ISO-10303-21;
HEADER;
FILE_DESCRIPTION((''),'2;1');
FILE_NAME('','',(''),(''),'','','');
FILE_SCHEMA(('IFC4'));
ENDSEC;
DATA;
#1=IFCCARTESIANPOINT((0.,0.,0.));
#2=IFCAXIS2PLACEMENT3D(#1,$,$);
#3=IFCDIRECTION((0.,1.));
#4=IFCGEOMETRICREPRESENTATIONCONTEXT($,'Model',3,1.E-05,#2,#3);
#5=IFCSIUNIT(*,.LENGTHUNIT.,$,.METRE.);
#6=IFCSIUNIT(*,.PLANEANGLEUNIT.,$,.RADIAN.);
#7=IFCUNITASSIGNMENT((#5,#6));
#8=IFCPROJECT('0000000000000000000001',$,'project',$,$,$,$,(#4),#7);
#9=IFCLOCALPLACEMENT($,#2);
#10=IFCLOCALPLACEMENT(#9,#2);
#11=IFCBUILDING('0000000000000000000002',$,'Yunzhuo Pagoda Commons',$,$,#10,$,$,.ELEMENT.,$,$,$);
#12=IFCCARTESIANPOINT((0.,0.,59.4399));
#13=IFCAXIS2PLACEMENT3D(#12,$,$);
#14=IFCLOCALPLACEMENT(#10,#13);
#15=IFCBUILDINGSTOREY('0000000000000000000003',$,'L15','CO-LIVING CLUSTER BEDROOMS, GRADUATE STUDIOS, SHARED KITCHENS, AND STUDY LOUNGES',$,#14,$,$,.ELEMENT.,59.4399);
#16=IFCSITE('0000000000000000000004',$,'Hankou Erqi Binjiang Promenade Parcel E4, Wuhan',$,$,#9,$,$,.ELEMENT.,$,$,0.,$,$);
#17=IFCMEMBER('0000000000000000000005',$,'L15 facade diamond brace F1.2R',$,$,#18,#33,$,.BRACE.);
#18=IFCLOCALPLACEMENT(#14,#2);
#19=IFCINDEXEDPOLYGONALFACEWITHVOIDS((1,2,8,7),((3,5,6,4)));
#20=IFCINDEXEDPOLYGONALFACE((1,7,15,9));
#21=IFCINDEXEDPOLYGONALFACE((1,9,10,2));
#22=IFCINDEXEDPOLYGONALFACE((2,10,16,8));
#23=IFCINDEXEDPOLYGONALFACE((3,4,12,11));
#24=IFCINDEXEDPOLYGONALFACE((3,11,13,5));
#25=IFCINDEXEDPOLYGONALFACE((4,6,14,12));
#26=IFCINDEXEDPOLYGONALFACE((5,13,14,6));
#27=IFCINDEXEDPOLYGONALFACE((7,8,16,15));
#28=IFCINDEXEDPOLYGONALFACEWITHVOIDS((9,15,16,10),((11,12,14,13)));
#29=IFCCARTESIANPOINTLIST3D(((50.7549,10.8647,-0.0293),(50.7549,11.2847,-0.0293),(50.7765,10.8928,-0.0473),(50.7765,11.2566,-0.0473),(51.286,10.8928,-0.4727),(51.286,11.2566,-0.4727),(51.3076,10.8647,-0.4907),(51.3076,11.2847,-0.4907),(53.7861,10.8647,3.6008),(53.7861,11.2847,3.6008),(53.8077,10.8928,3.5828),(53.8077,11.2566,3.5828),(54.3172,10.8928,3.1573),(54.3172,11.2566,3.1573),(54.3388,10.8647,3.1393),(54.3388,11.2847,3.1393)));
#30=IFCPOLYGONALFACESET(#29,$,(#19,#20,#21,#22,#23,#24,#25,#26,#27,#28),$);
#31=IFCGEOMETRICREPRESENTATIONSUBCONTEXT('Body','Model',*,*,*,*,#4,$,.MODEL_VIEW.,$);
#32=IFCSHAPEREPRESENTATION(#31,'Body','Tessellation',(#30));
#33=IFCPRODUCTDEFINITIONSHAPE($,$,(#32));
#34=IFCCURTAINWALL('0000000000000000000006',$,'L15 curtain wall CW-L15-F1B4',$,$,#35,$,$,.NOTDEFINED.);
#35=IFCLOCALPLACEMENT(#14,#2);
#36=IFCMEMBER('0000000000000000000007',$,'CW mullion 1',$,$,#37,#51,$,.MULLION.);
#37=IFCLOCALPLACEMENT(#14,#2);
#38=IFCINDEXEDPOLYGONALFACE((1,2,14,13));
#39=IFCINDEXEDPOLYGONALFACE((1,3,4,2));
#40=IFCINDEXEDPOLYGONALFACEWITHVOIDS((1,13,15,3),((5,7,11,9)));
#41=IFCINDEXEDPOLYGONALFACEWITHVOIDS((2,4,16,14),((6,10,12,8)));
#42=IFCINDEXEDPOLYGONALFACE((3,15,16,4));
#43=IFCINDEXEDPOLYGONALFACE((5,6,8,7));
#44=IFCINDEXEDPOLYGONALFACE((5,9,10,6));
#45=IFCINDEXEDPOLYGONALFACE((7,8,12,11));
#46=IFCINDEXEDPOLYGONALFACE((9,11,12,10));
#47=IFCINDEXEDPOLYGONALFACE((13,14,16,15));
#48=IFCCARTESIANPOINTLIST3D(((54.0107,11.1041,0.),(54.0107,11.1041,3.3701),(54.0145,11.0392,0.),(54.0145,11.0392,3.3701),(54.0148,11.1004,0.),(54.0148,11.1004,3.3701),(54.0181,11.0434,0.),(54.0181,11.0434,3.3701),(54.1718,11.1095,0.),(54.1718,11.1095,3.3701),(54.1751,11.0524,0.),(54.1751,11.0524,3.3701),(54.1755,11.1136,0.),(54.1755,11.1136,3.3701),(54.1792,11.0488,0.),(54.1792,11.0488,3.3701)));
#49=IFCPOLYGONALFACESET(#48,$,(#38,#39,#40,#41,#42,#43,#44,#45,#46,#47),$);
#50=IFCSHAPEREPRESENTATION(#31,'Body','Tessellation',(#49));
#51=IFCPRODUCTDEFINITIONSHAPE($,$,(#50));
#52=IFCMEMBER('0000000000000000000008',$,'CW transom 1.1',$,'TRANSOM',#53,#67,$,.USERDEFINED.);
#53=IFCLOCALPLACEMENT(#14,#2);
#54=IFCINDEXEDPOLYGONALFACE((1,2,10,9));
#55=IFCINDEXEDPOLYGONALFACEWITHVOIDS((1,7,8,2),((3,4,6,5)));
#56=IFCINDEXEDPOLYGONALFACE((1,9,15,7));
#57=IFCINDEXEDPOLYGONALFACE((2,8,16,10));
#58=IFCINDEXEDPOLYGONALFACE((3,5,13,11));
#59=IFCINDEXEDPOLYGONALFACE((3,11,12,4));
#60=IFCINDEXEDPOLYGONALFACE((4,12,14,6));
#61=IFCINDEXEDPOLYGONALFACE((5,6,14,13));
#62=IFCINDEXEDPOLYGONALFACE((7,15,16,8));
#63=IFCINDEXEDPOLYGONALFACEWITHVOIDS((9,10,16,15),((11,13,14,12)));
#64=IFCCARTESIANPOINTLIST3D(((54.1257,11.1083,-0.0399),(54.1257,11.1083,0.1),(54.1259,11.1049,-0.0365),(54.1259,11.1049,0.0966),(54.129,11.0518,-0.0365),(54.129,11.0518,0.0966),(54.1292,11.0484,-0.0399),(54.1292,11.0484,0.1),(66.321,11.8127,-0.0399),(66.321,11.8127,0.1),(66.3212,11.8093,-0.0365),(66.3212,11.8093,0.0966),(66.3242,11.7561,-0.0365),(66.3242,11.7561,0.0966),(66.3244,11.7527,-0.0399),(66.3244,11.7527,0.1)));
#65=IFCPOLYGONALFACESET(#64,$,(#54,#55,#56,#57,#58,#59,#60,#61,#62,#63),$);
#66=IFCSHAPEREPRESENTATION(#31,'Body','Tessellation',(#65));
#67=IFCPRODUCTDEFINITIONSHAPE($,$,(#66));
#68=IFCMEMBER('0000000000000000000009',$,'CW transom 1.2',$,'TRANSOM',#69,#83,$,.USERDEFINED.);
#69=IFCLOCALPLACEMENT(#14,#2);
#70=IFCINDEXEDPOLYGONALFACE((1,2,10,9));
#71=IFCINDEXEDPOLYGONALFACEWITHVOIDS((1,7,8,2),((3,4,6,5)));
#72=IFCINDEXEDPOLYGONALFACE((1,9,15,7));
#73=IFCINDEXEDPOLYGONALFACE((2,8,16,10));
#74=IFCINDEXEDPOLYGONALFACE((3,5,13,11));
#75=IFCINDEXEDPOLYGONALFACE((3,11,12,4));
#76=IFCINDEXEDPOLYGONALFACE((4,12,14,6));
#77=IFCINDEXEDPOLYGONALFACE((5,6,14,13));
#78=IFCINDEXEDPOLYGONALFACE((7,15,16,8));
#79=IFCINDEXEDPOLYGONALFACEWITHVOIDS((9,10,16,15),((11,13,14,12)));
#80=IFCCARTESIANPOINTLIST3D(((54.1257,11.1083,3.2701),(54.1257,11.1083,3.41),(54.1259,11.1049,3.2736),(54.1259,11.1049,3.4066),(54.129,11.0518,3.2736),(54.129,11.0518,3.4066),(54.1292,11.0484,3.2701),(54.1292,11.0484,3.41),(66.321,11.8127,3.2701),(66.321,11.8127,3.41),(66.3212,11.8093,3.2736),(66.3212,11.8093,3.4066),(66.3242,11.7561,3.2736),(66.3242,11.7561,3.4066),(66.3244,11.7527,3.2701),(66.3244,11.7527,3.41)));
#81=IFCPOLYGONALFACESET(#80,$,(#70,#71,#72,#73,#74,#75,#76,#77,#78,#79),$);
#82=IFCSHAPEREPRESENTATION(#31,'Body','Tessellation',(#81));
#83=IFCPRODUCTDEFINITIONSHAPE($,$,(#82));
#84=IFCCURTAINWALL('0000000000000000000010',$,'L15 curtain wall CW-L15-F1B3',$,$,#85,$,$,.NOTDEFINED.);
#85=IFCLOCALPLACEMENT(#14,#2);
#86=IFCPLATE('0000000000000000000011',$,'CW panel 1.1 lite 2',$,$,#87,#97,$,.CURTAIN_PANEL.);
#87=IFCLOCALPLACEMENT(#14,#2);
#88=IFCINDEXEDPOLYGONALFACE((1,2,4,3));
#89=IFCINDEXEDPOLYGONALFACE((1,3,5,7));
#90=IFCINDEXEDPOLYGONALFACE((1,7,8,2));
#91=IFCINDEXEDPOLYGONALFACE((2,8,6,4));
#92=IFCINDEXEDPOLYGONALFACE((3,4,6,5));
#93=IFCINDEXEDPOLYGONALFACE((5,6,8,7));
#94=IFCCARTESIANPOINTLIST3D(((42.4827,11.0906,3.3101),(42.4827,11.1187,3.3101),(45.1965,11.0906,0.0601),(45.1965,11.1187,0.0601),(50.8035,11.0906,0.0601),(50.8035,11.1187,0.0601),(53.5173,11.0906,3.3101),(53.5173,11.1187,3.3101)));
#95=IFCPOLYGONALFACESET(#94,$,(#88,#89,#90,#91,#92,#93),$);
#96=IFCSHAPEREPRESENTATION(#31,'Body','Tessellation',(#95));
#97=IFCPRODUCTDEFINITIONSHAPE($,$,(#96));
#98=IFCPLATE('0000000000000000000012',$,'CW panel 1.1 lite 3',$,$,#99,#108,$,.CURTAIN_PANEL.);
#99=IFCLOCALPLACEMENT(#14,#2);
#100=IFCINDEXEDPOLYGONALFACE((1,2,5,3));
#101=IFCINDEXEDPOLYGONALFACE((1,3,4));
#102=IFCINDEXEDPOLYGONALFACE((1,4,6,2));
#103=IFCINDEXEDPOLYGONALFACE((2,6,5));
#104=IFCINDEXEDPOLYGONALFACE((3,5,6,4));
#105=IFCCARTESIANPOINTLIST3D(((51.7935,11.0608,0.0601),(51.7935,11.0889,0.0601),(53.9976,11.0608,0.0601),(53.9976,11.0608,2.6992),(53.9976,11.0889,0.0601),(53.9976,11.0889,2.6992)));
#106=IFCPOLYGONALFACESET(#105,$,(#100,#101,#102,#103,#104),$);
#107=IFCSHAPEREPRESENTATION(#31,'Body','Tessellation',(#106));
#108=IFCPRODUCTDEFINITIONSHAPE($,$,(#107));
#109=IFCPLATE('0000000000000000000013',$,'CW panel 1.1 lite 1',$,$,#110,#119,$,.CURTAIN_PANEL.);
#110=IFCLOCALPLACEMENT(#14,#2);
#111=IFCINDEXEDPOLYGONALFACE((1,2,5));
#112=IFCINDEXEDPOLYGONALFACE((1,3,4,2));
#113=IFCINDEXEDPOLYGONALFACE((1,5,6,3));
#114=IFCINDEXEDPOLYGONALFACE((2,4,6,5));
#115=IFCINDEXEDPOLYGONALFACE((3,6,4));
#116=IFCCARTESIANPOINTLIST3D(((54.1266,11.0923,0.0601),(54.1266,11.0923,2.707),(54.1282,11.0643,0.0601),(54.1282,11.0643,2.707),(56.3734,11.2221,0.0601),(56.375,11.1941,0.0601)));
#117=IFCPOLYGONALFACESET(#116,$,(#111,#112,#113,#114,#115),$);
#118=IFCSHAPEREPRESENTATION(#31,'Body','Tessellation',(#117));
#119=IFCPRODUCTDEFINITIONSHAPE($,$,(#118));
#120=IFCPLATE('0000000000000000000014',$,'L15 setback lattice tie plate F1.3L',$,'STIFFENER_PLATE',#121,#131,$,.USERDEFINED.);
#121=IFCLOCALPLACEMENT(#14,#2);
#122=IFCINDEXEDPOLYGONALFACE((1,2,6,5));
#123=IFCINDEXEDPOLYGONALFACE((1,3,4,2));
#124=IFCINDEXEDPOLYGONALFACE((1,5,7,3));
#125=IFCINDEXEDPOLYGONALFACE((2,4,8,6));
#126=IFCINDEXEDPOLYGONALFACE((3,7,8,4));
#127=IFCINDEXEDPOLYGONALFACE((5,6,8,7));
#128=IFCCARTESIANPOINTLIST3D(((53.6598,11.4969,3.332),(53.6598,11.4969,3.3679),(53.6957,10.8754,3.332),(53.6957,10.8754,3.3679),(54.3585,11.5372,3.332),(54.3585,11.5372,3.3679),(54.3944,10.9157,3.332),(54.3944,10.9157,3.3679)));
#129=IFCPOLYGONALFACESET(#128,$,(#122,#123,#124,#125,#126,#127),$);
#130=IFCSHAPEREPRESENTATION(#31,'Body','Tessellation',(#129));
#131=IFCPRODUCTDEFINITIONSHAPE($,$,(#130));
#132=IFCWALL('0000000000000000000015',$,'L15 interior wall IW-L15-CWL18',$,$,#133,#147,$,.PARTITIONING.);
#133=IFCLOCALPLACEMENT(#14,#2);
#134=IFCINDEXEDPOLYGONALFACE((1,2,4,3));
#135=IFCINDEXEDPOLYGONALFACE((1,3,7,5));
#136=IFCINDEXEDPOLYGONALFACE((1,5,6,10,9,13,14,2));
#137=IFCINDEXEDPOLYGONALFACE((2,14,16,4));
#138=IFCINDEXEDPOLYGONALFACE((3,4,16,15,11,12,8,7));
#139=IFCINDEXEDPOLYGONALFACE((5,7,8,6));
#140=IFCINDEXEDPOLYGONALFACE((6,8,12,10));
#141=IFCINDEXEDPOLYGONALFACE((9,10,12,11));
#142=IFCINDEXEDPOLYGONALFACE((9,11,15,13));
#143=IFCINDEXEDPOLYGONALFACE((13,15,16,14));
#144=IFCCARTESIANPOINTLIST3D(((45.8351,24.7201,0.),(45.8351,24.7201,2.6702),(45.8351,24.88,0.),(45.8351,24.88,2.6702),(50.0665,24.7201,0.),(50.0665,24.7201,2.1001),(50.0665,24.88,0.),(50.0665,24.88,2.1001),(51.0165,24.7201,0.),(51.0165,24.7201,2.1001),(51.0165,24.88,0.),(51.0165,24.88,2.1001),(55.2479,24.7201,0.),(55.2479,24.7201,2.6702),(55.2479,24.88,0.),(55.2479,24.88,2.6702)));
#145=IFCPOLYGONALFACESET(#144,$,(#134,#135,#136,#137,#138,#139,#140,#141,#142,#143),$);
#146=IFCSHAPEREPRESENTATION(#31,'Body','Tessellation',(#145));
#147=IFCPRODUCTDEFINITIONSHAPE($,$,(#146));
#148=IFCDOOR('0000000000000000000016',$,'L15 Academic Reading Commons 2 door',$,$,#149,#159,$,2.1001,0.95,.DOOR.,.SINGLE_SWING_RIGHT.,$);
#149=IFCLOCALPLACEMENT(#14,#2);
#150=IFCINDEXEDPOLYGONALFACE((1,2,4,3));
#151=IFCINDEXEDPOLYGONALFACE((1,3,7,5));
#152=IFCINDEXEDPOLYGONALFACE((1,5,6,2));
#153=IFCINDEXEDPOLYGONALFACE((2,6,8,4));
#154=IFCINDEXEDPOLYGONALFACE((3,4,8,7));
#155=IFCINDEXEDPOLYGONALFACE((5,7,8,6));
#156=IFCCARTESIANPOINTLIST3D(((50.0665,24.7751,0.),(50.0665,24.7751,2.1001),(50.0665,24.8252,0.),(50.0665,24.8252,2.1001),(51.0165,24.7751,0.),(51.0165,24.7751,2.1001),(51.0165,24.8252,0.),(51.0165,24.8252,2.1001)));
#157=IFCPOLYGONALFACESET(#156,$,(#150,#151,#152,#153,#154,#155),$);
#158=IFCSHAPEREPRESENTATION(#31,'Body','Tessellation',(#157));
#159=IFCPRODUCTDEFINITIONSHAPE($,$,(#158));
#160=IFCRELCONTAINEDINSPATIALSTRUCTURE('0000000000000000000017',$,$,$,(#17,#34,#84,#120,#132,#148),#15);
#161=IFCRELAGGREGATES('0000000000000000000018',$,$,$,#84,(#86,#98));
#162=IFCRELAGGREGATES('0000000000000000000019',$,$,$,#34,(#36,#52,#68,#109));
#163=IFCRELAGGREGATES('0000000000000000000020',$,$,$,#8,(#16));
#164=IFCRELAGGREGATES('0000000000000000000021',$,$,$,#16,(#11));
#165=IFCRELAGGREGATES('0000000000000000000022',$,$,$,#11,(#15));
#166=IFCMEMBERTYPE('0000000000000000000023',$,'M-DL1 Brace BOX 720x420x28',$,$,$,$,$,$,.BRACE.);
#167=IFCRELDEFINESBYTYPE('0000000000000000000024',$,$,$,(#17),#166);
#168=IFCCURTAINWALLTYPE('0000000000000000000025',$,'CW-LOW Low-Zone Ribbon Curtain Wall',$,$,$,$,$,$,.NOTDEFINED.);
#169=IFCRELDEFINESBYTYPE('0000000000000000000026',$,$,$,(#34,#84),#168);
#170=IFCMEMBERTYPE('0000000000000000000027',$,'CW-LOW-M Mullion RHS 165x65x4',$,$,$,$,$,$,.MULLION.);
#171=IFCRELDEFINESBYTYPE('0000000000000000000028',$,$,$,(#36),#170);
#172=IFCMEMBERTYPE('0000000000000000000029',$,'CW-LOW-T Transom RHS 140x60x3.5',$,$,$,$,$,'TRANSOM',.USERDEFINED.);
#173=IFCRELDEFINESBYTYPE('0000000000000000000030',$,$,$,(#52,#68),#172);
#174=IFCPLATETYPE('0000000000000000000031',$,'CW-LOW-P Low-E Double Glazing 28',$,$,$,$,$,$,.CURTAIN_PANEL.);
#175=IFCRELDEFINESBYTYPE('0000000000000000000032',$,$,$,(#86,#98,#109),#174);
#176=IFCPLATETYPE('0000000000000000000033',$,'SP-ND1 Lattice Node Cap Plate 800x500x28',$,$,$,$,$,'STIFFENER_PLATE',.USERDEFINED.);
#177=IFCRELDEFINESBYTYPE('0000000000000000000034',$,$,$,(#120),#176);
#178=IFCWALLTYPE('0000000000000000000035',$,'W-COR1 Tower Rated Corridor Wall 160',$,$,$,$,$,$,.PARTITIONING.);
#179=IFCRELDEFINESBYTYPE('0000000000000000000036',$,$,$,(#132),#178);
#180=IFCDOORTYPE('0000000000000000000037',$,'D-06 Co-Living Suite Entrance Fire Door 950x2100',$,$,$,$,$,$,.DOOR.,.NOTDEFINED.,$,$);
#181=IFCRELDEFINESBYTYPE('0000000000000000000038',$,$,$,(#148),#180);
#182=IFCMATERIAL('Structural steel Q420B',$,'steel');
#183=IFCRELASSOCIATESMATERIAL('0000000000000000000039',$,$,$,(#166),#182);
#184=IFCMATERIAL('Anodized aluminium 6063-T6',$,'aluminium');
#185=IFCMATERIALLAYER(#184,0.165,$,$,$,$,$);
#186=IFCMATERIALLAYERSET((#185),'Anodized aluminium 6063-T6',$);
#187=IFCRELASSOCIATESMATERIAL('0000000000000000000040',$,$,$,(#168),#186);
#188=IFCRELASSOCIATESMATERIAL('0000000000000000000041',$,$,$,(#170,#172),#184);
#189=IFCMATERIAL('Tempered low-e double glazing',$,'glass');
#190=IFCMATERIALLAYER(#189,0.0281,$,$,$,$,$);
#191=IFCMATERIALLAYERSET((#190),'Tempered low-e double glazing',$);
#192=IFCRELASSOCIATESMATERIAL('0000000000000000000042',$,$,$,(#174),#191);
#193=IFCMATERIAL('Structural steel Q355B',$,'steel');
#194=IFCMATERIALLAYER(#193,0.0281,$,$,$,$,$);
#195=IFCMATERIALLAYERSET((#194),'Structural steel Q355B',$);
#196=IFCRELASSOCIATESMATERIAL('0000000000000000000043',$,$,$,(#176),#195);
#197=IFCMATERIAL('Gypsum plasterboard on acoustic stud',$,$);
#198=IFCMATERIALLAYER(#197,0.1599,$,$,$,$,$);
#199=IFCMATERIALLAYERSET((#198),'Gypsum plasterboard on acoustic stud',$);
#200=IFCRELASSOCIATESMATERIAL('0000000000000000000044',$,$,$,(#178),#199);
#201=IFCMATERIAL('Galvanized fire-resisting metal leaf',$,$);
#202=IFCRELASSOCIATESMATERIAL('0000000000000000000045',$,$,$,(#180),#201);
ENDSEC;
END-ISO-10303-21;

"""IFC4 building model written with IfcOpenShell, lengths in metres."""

from ifc_helpers import new_model, si_unit, direction, frame, frame_2d, origin, origin_with_axes, origin_2d, place, context, subcontext, project, spatial, polyline, rectangle, hollow_rectangle, outline, extrude, source, transform, mapped, material, layer, layer_set, material_profile, profile_set, type_object, element, fill, aggregate, save


model = new_model("IFC4")

# Units and contexts
model_context = context("Model", 3, precision=1e-05, world=origin(), true_north=direction((0.0, 1.0)))
body_context = subcontext(model_context, "Body", "Model", "MODEL_VIEW")
ifc_project = project(units=[si_unit("LENGTHUNIT", "METRE"), si_unit("PLANEANGLEUNIT", "RADIAN")], contexts=[model_context])

# Site, building, storey
site_placement = place(None, origin())
site = spatial("IfcSite", under=ifc_project, at=site_placement, Name="Hankou Erqi Binjiang Promenade Parcel E4, Wuhan", CompositionType="ELEMENT", RefElevation=0.0)
building_placement = place(site_placement, origin())
building = spatial("IfcBuilding", under=site, at=building_placement, Name="Yunzhuo Pagoda Commons", CompositionType="ELEMENT")
storey_placement = place(building_placement, frame((0.0, 0.0, 59.4399)))
storey = spatial("IfcBuildingStorey", under=building, at=storey_placement, Name="L15", Description="CO-LIVING CLUSTER BEDROOMS, GRADUATE STUDIOS, SHARED KITCHENS, AND STUDY LOUNGES", CompositionType="ELEMENT", Elevation=59.4399)

# Shared definitions
ifc_material_1 = material(Name="Structural steel Q420B", Category="steel")

# Shared definitions
ifc_material_2 = material(Name="Structural steel Q355B", Category="steel")

# Member
ifc_material_profile_1 = material_profile(ifc_material_1, hollow_rectangle(XDim=0.4199, YDim=0.72, WallThickness=0.0281, at=origin_2d()), Name="Structural steel Q420B")
ifc_profile_set_1 = profile_set([ifc_material_profile_1], Name="Structural steel Q420B")
member_type_1 = type_object("IfcMemberType", Name="M-DL1 Brace BOX 720x420x28", PredefinedType="BRACE", material=ifc_profile_set_1)
shared_shape_1 = source(origin(), body_context, "Body", "SweptSolid", [
    extrude(hollow_rectangle(XDim=0.4199, YDim=0.72, WallThickness=0.0281, at=origin_2d()), origin(), (0.0, 0.0, 1.0), 4.7292),
])
member_1_placement = place(storey_placement, frame((51.0312, 11.0747, -0.26), z_axis=(0.640951, 0.0, 0.767582), x_axis=(0.0, 1.0, 0.0)))
element("IfcMember", 1, at=member_1_placement, inside=storey, type_object=member_type_1, Name="L15 facade diamond brace F1.2R", PredefinedType="BRACE", context=body_context, shape_type="MappedRepresentation", body=[
    mapped(shared_shape_1, transform((0.0, 0.0, 0.0), scale=1.0)),
])

# Curtain wall, members
ifc_material_3 = material(Name="Anodized aluminium 6063-T6", Category="aluminium")
ifc_layer_1 = layer(ifc_material_3, 0.165)
ifc_layer_set_1 = layer_set([ifc_layer_1], Name="Anodized aluminium 6063-T6")
curtain_wall_type = type_object("IfcCurtainWallType", Name="CW-LOW Low-Zone Ribbon Curtain Wall", PredefinedType="NOTDEFINED", material=ifc_layer_set_1)
curtain_wall_1_placement = place(storey_placement, origin())
curtain_wall_1 = element("IfcCurtainWall", 2, at=curtain_wall_1_placement, inside=storey, type_object=curtain_wall_type, Name="L15 curtain wall CW-L15-F1B4", PredefinedType="NOTDEFINED")
ifc_material_profile_2 = material_profile(ifc_material_3, hollow_rectangle(XDim=0.0649, YDim=0.165, WallThickness=0.0039, at=origin_2d()), Name="Anodized aluminium 6063-T6")
ifc_profile_set_2 = profile_set([ifc_material_profile_2], Name="Anodized aluminium 6063-T6")
member_type_2 = type_object("IfcMemberType", Name="CW-LOW-M Mullion RHS 165x65x4", PredefinedType="MULLION", material=ifc_profile_set_2)
shared_shape_2 = source(origin(), body_context, "Body", "SweptSolid", [
    extrude(hollow_rectangle(XDim=0.0649, YDim=0.165, WallThickness=0.0039, at=origin_2d()), origin(), (0.0, 0.0, 1.0), 3.3701),
])
member_2_placement = place(storey_placement, frame((54.095, 11.0764, 0.0), z_axis=(0.0, 0.0, 1.0), x_axis=(-0.057664, 0.998336, 0.0)))
member_2 = element("IfcMember", 3, at=member_2_placement, type_object=member_type_2, Name="CW mullion 1", PredefinedType="MULLION", context=body_context, shape_type="MappedRepresentation", body=[
    mapped(shared_shape_2, transform((0.0, 0.0, 0.0), scale=1.0)),
])
ifc_material_profile_3 = material_profile(ifc_material_3, hollow_rectangle(XDim=0.0601, YDim=0.1399, WallThickness=0.0034, at=origin_2d()), Name="Anodized aluminium 6063-T6")
ifc_profile_set_3 = profile_set([ifc_material_profile_3], Name="Anodized aluminium 6063-T6")
member_type_3 = type_object("IfcMemberType", Name="CW-LOW-T Transom RHS 140x60x3.5", ElementType="TRANSOM", PredefinedType="USERDEFINED", material=ifc_profile_set_3)
shared_shape_3 = source(origin(), body_context, "Body", "SweptSolid", [
    extrude(hollow_rectangle(XDim=0.0601, YDim=0.1399, WallThickness=0.0034, at=origin_2d()), origin(), (0.0, 0.0, 1.0), 12.2156),
])
member_3_placement = place(storey_placement, frame((54.1274, 11.0784, 0.03), z_axis=(0.998336, 0.057659, 0.0), x_axis=(-0.057659, 0.998336, 0.0)))
member_3 = element("IfcMember", 4, at=member_3_placement, type_object=member_type_3, Name="CW transom 1.1", ObjectType="TRANSOM", PredefinedType="USERDEFINED", context=body_context, shape_type="MappedRepresentation", body=[
    mapped(shared_shape_3, transform((0.0, 0.0, 0.0), scale=1.0)),
])
member_4_placement = place(storey_placement, frame((54.1274, 11.0784, 3.3401), z_axis=(0.998336, 0.057659, 0.0), x_axis=(-0.057659, 0.998336, 0.0)))
member_4 = element("IfcMember", 5, at=member_4_placement, type_object=member_type_3, Name="CW transom 1.2", ObjectType="TRANSOM", PredefinedType="USERDEFINED", context=body_context, shape_type="MappedRepresentation", body=[
    mapped(shared_shape_3, transform((0.0, 0.0, 0.0), scale=1.0)),
])

# Curtain wall, plates
curtain_wall_2_placement = place(storey_placement, origin())
curtain_wall_2 = element("IfcCurtainWall", 6, at=curtain_wall_2_placement, inside=storey, type_object=curtain_wall_type, Name="L15 curtain wall CW-L15-F1B3", PredefinedType="NOTDEFINED")
ifc_material_4 = material(Name="Tempered low-e double glazing", Category="glass")
ifc_layer_2 = layer(ifc_material_4, 0.0281)
ifc_layer_set_2 = layer_set([ifc_layer_2], Name="Tempered low-e double glazing")
plate_type_1 = type_object("IfcPlateType", Name="CW-LOW-P Low-E Double Glazing 28", PredefinedType="CURTAIN_PANEL", material=ifc_layer_set_2)
plate_1_placement = place(storey_placement, frame((48.0, 11.1187, 1.6851), z_axis=(0.0, -1.0, 0.0), x_axis=(1.0, 0.0, 0.0)))
plate_1 = element("IfcPlate", 7, at=plate_1_placement, type_object=plate_type_1, Name="CW panel 1.1 lite 2", PredefinedType="CURTAIN_PANEL", context=body_context, shape_type="SweptSolid", body=[
    extrude(outline(polyline([(-5.5173, 1.625), (-2.8035, -1.625), (2.8035, -1.625), (5.5173, 1.625), (-5.5173, 1.625)])), origin(), (0.0, 0.0, 1.0), 0.0281),
])
plate_2_placement = place(storey_placement, frame((52.8955, 11.0889, 1.3796), z_axis=(0.0, -1.0, 0.0), x_axis=(1.0, 0.0, 0.0)))
plate_2 = element("IfcPlate", 8, at=plate_2_placement, type_object=plate_type_1, Name="CW panel 1.1 lite 3", PredefinedType="CURTAIN_PANEL", context=body_context, shape_type="SweptSolid", body=[
    extrude(outline(polyline([(-1.1021, -1.3196), (1.1021, -1.3196), (1.1021, 1.3196), (-1.1021, -1.3196)])), origin(), (0.0, 0.0, 1.0), 0.0281),
])
aggregate(curtain_wall_2, [plate_1, plate_2])

# Plates
plate_3_placement = place(storey_placement, frame((55.25, 11.1572, 1.3835), z_axis=(0.057664, -0.998336, 0.0), x_axis=(0.998336, 0.057664, 0.0)))
plate_3 = element("IfcPlate", 9, at=plate_3_placement, type_object=plate_type_1, Name="CW panel 1.1 lite 1", PredefinedType="CURTAIN_PANEL", context=body_context, shape_type="SweptSolid", body=[
    extrude(outline(polyline([(-1.1252, -1.3235), (1.1252, -1.3235), (-1.1252, 1.3235), (-1.1252, -1.3235)])), origin(), (0.0, 0.0, 1.0), 0.0281),
])
aggregate(curtain_wall_1, [member_2, member_3, member_4, plate_3])
ifc_layer_3 = layer(ifc_material_2, 0.0281)
ifc_layer_set_3 = layer_set([ifc_layer_3], Name="Structural steel Q355B")
plate_type_2 = type_object("IfcPlateType", Name="SP-ND1 Lattice Node Cap Plate 800x500x28", ElementType="STIFFENER_PLATE", PredefinedType="USERDEFINED", material=ifc_layer_set_3)
shared_shape_4 = source(origin(), body_context, "Body", "SweptSolid", [
    extrude(rectangle(XDim=0.7, YDim=0.6226, at=origin_2d()), origin(), (0.0, 0.0, 1.0), 0.0359),
])
plate_4_placement = place(storey_placement, frame((54.0271, 11.2063, 3.332), z_axis=(0.0, 0.0, 1.0), x_axis=(0.998336, 0.057669, 0.0)))
element("IfcPlate", 10, at=plate_4_placement, inside=storey, type_object=plate_type_2, Name="L15 setback lattice tie plate F1.3L", ObjectType="STIFFENER_PLATE", PredefinedType="USERDEFINED", context=body_context, shape_type="MappedRepresentation", body=[
    mapped(shared_shape_4, transform((0.0, 0.0, 0.0), scale=1.0)),
])

# Wall, opening, door
ifc_material_5 = material(Name="Gypsum plasterboard on acoustic stud")
ifc_layer_4 = layer(ifc_material_5, 0.1599)
ifc_layer_set_4 = layer_set([ifc_layer_4], Name="Gypsum plasterboard on acoustic stud")
wall_type_1 = type_object("IfcWallType", Name="W-COR1 Tower Rated Corridor Wall 160", PredefinedType="PARTITIONING", material=ifc_layer_set_4)
wall_1_placement = place(storey_placement, frame((55.248, 24.8, 0.0), z_axis=(0.0, 0.0, 1.0), x_axis=(-1.0, 0.0, 0.0)))
wall_1 = element("IfcWall", 11, at=wall_1_placement, inside=storey, type_object=wall_type_1, Name="L15 interior wall IW-L15-CWL18", PredefinedType="PARTITIONING", context=body_context, shape_type="SweptSolid", body=[
    extrude(rectangle(XDim=9.4128, YDim=0.1599, at=frame_2d((4.7065, 0.0))), origin(), (0.0, 0.0, 1.0), 2.6702),
])
opening_1_placement = place(wall_1_placement, frame((4.2314, 0.0, 0.0)))
opening_1 = element("IfcOpeningElement", 12, at=opening_1_placement, cuts=wall_1, PredefinedType="OPENING", context=body_context, shape_type="SweptSolid", body=[
    extrude(rectangle(XDim=0.95, YDim=2.1001, at=frame_2d((0.4751, 1.05))), frame((0.0, 0.0898, 0.0), z_axis=(0.0, -1.0, 0.0), x_axis=(1.0, 0.0, 0.0)), (0.0, 0.0, 1.0), 0.1799),
])
ifc_material_6 = material(Name="Galvanized fire-resisting metal leaf")
door_type = type_object("IfcDoorType", Name="D-06 Co-Living Suite Entrance Fire Door 950x2100", OperationType="NOTDEFINED", PredefinedType="DOOR", material=ifc_material_6)
shared_shape_5 = source(origin(), body_context, "Body", "SweptSolid", [
    extrude(rectangle(XDim=0.95, YDim=2.1001, at=frame_2d((0.4751, 1.05))), frame((0.0, 0.0249, 0.0), z_axis=(0.0, -1.0, 0.0), x_axis=(1.0, 0.0, 0.0)), (0.0, 0.0, 1.0), 0.05),
])
door_1_placement = place(opening_1_placement, origin_with_axes())
door_1 = element("IfcDoor", 13, at=door_1_placement, inside=storey, type_object=door_type, Name="L15 Academic Reading Commons 2 door", OperationType="SINGLE_SWING_RIGHT", OverallHeight=2.1001, OverallWidth=0.95, PredefinedType="DOOR", context=body_context, shape_type="MappedRepresentation", body=[
    mapped(shared_shape_5, transform((0.0, 0.0, 0.0), scale=1.0)),
])
fill(opening_1, door_1)

save(model, "model.ifc")
